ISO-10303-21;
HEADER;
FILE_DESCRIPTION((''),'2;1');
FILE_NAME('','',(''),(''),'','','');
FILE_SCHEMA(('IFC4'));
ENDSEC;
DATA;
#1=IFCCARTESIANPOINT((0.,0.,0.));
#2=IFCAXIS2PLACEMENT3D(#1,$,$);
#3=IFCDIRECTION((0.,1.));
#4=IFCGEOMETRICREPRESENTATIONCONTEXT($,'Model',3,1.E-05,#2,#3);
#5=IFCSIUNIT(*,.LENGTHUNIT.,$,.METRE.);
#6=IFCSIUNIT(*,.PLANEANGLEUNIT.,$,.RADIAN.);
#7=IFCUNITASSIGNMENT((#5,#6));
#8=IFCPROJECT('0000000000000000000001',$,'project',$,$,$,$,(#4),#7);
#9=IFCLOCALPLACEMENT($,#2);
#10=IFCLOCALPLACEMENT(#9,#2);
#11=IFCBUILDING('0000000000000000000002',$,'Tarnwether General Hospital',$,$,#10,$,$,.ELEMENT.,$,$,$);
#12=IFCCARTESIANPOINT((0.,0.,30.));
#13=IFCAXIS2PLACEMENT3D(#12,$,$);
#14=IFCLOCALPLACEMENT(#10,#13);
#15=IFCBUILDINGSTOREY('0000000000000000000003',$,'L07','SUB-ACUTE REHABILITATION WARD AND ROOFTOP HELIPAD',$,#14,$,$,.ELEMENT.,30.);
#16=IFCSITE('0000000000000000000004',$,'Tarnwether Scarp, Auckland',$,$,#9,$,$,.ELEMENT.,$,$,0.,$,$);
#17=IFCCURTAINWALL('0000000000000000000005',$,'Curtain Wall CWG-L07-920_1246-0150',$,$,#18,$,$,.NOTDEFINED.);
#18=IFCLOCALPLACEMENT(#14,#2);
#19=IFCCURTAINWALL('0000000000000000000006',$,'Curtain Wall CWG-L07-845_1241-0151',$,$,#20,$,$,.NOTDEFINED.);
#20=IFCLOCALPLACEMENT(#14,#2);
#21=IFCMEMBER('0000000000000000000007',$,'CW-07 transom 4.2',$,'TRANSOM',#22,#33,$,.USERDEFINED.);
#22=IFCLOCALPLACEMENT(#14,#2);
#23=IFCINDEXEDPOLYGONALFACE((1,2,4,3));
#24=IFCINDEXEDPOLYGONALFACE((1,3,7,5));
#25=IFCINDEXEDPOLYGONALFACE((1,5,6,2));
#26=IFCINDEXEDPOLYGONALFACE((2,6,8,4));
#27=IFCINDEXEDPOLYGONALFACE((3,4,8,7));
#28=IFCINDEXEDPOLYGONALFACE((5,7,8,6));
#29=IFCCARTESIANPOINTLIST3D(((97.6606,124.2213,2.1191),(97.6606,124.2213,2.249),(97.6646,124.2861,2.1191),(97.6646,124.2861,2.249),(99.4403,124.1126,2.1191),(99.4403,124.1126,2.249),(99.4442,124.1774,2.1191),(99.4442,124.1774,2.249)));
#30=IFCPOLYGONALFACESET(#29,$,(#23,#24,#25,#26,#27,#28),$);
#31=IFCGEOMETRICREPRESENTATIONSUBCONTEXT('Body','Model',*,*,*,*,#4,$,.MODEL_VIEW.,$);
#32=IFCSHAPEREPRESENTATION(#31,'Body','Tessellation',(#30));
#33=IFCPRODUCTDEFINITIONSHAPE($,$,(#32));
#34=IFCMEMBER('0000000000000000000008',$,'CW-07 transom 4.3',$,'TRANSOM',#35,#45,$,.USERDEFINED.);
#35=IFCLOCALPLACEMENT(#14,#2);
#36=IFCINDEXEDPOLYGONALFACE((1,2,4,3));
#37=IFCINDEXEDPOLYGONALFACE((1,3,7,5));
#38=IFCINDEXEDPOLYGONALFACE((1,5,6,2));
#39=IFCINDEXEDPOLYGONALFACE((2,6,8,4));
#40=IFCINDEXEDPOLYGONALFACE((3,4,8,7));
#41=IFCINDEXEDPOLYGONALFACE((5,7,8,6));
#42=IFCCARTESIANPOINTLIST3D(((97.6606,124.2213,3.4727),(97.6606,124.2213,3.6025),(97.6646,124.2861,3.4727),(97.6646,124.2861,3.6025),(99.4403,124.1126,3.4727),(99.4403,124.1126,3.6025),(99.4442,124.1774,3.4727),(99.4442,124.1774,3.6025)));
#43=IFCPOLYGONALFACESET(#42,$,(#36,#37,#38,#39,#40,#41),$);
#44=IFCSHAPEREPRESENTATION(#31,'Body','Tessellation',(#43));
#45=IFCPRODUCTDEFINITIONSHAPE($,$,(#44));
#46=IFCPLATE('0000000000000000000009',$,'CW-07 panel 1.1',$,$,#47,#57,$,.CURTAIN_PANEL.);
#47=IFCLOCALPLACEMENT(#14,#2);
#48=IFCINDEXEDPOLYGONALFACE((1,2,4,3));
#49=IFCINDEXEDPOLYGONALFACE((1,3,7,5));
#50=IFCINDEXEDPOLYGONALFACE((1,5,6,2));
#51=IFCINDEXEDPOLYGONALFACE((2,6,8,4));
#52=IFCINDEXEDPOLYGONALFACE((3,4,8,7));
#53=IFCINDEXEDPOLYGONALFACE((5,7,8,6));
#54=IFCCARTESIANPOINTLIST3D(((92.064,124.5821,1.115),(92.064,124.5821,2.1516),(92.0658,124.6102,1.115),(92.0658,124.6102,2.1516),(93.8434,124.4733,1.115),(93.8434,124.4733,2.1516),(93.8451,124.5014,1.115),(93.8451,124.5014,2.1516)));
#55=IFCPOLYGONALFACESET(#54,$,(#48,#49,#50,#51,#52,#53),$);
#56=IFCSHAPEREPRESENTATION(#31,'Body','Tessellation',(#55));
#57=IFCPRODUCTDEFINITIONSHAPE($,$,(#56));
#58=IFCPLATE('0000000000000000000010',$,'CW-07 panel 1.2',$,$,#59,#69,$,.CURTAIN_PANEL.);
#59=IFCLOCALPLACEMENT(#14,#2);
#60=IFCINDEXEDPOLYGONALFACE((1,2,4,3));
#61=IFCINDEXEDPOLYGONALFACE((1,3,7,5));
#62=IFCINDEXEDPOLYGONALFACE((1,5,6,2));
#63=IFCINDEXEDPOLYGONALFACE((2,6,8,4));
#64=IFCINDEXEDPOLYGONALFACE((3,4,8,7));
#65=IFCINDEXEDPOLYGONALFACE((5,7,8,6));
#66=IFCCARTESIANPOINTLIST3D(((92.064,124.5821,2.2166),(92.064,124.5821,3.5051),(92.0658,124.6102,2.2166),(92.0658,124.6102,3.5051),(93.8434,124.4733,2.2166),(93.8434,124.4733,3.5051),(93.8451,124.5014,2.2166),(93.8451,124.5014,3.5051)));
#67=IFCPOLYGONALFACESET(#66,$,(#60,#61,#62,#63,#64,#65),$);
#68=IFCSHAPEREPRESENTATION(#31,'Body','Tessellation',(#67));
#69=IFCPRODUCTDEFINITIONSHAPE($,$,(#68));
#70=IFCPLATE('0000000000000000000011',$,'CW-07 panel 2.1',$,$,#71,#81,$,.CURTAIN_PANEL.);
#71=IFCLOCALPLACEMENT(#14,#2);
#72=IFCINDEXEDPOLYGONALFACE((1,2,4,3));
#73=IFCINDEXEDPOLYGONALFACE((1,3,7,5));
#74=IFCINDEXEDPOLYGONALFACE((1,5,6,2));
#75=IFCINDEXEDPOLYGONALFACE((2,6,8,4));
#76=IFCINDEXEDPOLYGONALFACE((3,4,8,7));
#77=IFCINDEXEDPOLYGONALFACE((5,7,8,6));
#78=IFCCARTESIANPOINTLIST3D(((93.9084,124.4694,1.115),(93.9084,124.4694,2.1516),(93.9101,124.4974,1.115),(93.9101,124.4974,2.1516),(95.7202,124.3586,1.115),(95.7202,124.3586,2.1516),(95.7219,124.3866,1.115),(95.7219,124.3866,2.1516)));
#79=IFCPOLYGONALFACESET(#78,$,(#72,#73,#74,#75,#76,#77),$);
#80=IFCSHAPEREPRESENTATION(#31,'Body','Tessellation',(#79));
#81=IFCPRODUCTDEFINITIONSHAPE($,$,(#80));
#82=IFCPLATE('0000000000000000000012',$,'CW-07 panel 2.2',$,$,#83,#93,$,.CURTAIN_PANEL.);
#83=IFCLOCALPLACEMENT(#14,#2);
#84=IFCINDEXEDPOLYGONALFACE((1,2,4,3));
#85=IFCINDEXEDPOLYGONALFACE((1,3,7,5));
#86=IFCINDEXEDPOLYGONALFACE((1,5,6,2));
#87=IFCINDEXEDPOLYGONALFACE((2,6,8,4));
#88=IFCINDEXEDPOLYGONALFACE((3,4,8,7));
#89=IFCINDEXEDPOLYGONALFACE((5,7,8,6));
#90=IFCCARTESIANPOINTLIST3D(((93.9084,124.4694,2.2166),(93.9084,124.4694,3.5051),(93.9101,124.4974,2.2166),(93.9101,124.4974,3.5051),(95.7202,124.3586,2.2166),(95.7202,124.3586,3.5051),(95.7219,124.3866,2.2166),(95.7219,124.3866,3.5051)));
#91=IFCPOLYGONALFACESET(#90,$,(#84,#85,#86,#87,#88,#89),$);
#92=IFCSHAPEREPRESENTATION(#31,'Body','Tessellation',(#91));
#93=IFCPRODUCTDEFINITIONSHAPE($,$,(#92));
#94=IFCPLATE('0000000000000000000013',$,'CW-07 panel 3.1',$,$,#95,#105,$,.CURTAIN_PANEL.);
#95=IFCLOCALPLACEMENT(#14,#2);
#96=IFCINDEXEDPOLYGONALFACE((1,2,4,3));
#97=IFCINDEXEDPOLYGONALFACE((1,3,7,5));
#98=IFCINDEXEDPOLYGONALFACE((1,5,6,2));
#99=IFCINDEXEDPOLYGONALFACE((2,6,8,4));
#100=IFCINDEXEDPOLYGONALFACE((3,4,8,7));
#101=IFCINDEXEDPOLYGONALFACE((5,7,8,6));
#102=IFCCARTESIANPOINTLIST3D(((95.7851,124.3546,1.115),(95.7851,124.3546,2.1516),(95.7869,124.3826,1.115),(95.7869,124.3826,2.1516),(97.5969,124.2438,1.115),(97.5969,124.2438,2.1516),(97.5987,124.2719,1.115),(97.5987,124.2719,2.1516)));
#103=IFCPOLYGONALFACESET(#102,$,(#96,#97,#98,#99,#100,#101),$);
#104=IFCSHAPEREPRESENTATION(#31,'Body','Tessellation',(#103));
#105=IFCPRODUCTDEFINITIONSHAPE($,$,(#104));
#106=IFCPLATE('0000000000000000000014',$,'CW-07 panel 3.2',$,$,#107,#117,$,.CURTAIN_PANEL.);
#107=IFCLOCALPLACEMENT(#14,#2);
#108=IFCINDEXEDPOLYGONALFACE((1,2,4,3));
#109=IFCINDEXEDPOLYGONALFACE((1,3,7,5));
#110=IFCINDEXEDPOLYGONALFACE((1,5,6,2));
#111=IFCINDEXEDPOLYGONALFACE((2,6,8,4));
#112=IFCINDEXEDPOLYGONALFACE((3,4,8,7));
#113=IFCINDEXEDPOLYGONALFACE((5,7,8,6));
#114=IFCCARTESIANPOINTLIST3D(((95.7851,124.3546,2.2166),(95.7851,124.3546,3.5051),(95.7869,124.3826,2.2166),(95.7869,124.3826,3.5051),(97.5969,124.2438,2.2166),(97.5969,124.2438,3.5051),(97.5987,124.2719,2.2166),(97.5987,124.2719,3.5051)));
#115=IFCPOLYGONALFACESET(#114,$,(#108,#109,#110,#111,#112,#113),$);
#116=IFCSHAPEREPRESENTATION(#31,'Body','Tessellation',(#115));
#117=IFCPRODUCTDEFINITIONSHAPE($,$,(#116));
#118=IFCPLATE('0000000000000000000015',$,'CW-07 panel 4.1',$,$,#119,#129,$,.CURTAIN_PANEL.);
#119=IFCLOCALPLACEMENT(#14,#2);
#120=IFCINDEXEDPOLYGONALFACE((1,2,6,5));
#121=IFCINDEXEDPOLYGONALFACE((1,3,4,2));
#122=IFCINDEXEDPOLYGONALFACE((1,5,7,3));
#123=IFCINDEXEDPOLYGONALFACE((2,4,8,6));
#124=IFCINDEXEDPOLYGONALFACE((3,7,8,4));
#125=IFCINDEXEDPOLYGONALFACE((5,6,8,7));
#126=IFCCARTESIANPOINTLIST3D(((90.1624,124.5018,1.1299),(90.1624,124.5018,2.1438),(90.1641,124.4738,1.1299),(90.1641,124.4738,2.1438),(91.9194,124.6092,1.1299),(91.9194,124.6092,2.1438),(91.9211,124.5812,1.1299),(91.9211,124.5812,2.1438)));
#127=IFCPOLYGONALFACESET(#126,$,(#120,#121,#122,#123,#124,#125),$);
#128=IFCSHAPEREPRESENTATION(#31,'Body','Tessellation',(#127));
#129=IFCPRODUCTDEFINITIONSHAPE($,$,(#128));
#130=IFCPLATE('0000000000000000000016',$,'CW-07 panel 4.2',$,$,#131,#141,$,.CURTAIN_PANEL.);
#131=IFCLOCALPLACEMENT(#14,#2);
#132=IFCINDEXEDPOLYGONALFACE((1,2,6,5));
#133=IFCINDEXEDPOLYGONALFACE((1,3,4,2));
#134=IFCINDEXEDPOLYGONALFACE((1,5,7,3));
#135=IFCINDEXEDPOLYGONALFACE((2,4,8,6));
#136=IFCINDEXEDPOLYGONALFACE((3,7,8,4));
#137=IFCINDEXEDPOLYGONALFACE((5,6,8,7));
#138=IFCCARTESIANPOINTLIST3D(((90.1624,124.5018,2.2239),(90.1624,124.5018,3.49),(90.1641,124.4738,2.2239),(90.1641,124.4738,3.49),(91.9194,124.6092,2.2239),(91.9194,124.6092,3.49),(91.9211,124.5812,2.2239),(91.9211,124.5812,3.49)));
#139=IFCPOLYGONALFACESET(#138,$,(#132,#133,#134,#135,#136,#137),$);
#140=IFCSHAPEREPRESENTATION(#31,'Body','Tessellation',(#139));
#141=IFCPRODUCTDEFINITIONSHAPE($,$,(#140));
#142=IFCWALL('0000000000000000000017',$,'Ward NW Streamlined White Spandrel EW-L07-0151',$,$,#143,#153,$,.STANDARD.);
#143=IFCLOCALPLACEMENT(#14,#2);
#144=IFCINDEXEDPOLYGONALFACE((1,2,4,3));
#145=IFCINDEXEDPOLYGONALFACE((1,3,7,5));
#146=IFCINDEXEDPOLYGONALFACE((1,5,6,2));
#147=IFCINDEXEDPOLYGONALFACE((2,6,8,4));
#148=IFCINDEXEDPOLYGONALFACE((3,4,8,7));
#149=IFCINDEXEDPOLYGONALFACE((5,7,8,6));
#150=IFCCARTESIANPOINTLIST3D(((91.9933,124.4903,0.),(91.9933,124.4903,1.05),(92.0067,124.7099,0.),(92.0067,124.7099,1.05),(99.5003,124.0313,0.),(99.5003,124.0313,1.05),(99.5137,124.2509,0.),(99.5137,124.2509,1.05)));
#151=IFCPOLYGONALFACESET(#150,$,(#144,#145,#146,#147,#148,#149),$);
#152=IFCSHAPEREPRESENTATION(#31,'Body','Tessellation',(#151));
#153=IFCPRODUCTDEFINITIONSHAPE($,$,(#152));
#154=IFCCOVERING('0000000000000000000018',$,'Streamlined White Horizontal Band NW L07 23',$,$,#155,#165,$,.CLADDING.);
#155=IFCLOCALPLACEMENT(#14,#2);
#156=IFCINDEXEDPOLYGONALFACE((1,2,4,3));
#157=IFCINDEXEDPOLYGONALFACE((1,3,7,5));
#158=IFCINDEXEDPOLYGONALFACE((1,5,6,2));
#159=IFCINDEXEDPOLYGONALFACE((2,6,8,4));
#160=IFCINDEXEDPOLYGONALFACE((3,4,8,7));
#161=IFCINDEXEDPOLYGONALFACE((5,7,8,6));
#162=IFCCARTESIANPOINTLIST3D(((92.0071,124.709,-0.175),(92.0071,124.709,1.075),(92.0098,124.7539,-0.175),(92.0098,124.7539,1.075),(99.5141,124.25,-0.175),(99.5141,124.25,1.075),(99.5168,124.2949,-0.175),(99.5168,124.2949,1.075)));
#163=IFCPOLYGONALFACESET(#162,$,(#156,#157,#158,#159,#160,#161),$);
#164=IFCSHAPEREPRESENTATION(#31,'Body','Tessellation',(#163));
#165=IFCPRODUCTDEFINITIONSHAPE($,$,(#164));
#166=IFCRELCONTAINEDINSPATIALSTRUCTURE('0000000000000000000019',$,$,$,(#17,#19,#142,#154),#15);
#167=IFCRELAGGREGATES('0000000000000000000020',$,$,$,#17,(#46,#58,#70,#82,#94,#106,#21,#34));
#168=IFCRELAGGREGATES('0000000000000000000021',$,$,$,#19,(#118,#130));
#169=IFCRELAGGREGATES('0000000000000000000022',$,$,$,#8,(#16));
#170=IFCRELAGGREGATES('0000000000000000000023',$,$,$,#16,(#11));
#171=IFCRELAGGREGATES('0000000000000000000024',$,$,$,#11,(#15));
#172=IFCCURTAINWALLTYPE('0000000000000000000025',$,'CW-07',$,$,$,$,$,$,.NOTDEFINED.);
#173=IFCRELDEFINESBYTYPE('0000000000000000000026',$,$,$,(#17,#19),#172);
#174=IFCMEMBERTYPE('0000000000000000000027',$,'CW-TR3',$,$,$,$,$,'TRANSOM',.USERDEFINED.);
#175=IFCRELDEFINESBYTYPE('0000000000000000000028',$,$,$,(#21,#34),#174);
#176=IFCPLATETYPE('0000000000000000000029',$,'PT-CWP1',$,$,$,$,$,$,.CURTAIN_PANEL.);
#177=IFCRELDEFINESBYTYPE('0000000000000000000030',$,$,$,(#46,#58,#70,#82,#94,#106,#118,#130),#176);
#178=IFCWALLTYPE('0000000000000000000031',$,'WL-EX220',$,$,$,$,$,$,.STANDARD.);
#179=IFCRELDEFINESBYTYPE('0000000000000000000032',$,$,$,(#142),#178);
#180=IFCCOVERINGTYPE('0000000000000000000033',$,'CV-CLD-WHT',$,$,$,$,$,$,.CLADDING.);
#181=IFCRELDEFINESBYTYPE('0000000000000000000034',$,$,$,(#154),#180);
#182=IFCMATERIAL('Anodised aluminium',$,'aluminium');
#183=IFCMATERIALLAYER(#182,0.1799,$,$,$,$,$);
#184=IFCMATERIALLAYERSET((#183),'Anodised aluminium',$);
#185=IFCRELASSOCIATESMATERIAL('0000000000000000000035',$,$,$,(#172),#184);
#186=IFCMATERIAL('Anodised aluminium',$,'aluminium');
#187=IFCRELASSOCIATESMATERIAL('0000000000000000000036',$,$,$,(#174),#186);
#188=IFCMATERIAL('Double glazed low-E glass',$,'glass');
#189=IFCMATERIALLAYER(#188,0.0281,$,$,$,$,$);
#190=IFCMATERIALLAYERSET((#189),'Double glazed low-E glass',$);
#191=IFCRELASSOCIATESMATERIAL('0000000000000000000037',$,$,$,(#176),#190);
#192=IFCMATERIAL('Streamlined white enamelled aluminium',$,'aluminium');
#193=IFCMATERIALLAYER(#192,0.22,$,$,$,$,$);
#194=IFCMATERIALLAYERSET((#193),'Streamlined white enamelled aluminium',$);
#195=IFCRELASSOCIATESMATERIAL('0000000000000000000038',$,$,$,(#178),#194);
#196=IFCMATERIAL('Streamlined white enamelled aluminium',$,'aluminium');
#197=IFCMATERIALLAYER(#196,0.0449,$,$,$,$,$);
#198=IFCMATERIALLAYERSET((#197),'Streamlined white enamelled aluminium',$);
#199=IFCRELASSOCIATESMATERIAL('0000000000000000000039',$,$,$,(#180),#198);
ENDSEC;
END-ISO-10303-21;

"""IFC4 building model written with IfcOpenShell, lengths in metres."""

from ifc_helpers import new_model, si_unit, direction, frame, frame_2d, origin, origin_2d, place, context, subcontext, project, spatial, rectangle, extrude, material, layer, layer_set, material_profile, profile_set, type_object, element, aggregate, save


model = new_model("IFC4")

# Units and contexts
model_context = context("Model", 3, precision=1e-05, world=origin(), true_north=direction((0.0, 1.0)))
body_context = subcontext(model_context, "Body", "Model", "MODEL_VIEW")
ifc_project = project(units=[si_unit("LENGTHUNIT", "METRE"), si_unit("PLANEANGLEUNIT", "RADIAN")], contexts=[model_context])

# Site, building, storey
site_placement = place(None, origin())
site = spatial("IfcSite", under=ifc_project, at=site_placement, Name="Tarnwether Scarp, Auckland", CompositionType="ELEMENT", RefElevation=0.0)
building_placement = place(site_placement, origin())
building = spatial("IfcBuilding", under=site, at=building_placement, Name="Tarnwether General Hospital", CompositionType="ELEMENT")
storey_placement = place(building_placement, frame((0.0, 0.0, 30.0)))
storey = spatial("IfcBuildingStorey", under=building, at=storey_placement, Name="L07", Description="SUB-ACUTE REHABILITATION WARD AND ROOFTOP HELIPAD", CompositionType="ELEMENT", Elevation=30.0)

# Curtain wall
ifc_material_1 = material(Name="Anodised aluminium", Category="aluminium")
ifc_layer_1 = layer(ifc_material_1, 0.1799)
ifc_layer_set_1 = layer_set([ifc_layer_1], Name="Anodised aluminium")
curtain_wall_type = type_object("IfcCurtainWallType", Name="CW-07", PredefinedType="NOTDEFINED", material=ifc_layer_set_1)
curtain_wall_1_placement = place(storey_placement, origin())
curtain_wall_1 = element("IfcCurtainWall", 1, at=curtain_wall_1_placement, inside=storey, type_object=curtain_wall_type, Name="Curtain Wall CWG-L07-920_1246-0150", PredefinedType="NOTDEFINED")

# Curtain wall
curtain_wall_2_placement = place(storey_placement, origin())
curtain_wall_2 = element("IfcCurtainWall", 2, at=curtain_wall_2_placement, inside=storey, type_object=curtain_wall_type, Name="Curtain Wall CWG-L07-845_1241-0151", PredefinedType="NOTDEFINED")

# Members
ifc_material_2 = material(Name="Anodised aluminium", Category="aluminium")
ifc_material_profile_1 = material_profile(ifc_material_2, rectangle(XDim=0.0649, YDim=0.1299, at=origin_2d()), Name="ALU-TRN-65x130")
ifc_profile_set_1 = profile_set([ifc_material_profile_1], Name="Anodised aluminium")
member_type_1 = type_object("IfcMemberType", Name="CW-TR3", ElementType="TRANSOM", PredefinedType="USERDEFINED", material=ifc_profile_set_1)
member_1_placement = place(storey_placement, frame((97.6626, 124.2537, 2.1841), z_axis=(0.998142, -0.060937, 0.0), x_axis=(0.060937, 0.998142, 0.0)))
member_1 = element("IfcMember", 3, at=member_1_placement, type_object=member_type_1, Name="CW-07 transom 4.2", ObjectType="TRANSOM", PredefinedType="USERDEFINED", context=body_context, shape_type="SweptSolid", body=[
    extrude(rectangle(XDim=0.0649, YDim=0.1299, at=origin_2d()), origin(), (0.0, 0.0, 1.0), 1.783),
])
member_2_placement = place(storey_placement, frame((97.6626, 124.2537, 3.5376), z_axis=(0.998142, -0.060937, 0.0), x_axis=(0.060937, 0.998142, 0.0)))
member_2 = element("IfcMember", 4, at=member_2_placement, type_object=member_type_1, Name="CW-07 transom 4.3", ObjectType="TRANSOM", PredefinedType="USERDEFINED", context=body_context, shape_type="SweptSolid", body=[
    extrude(rectangle(XDim=0.0649, YDim=0.1299, at=origin_2d()), origin(), (0.0, 0.0, 1.0), 1.783),
])

# Plates
ifc_material_3 = material(Name="Double glazed low-E glass", Category="glass")
ifc_layer_2 = layer(ifc_material_3, 0.0281)
ifc_layer_set_2 = layer_set([ifc_layer_2], Name="Double glazed low-E glass")
plate_type = type_object("IfcPlateType", Name="PT-CWP1", PredefinedType="CURTAIN_PANEL", material=ifc_layer_set_2)
plate_1_placement = place(storey_placement, frame((92.9546, 124.5417, 1.115), z_axis=(0.0, 0.0, 1.0), x_axis=(0.998136, -0.061029, 0.0)))
plate_1 = element("IfcPlate", 5, at=plate_1_placement, type_object=plate_type, Name="CW-07 panel 1.1", PredefinedType="CURTAIN_PANEL", context=body_context, shape_type="SweptSolid", body=[
    extrude(rectangle(XDim=1.7827, YDim=0.0281, at=origin_2d()), origin(), (0.0, 0.0, 1.0), 1.0366),
])
plate_2_placement = place(storey_placement, frame((92.9546, 124.5417, 2.2166), z_axis=(0.0, 0.0, 1.0), x_axis=(0.998136, -0.061029, 0.0)))
plate_2 = element("IfcPlate", 6, at=plate_2_placement, type_object=plate_type, Name="CW-07 panel 1.2", PredefinedType="CURTAIN_PANEL", context=body_context, shape_type="SweptSolid", body=[
    extrude(rectangle(XDim=1.7827, YDim=0.0281, at=origin_2d()), origin(), (0.0, 0.0, 1.0), 1.2886),
])
plate_3_placement = place(storey_placement, frame((94.8152, 124.428, 1.115), z_axis=(0.0, 0.0, 1.0), x_axis=(0.998136, -0.061029, 0.0)))
plate_3 = element("IfcPlate", 7, at=plate_3_placement, type_object=plate_type, Name="CW-07 panel 2.1", PredefinedType="CURTAIN_PANEL", context=body_context, shape_type="SweptSolid", body=[
    extrude(rectangle(XDim=1.8152, YDim=0.0281, at=origin_2d()), origin(), (0.0, 0.0, 1.0), 1.0366),
])
plate_4_placement = place(storey_placement, frame((94.8152, 124.428, 2.2166), z_axis=(0.0, 0.0, 1.0), x_axis=(0.998136, -0.061029, 0.0)))
plate_4 = element("IfcPlate", 8, at=plate_4_placement, type_object=plate_type, Name="CW-07 panel 2.2", PredefinedType="CURTAIN_PANEL", context=body_context, shape_type="SweptSolid", body=[
    extrude(rectangle(XDim=1.8152, YDim=0.0281, at=origin_2d()), origin(), (0.0, 0.0, 1.0), 1.2886),
])
plate_5_placement = place(storey_placement, frame((96.6919, 124.3132, 1.115), z_axis=(0.0, 0.0, 1.0), x_axis=(0.998136, -0.061029, 0.0)))
plate_5 = element("IfcPlate", 9, at=plate_5_placement, type_object=plate_type, Name="CW-07 panel 3.1", PredefinedType="CURTAIN_PANEL", context=body_context, shape_type="SweptSolid", body=[
    extrude(rectangle(XDim=1.8152, YDim=0.0281, at=origin_2d()), origin(), (0.0, 0.0, 1.0), 1.0366),
])
plate_6_placement = place(storey_placement, frame((96.6919, 124.3132, 2.2166), z_axis=(0.0, 0.0, 1.0), x_axis=(0.998136, -0.061029, 0.0)))
plate_6 = element("IfcPlate", 10, at=plate_6_placement, type_object=plate_type, Name="CW-07 panel 3.2", PredefinedType="CURTAIN_PANEL", context=body_context, shape_type="SweptSolid", body=[
    extrude(rectangle(XDim=1.8152, YDim=0.0281, at=origin_2d()), origin(), (0.0, 0.0, 1.0), 1.2886),
])
aggregate(curtain_wall_1, [plate_1, plate_2, plate_3, plate_4, plate_5, plate_6, member_1, member_2])
plate_7_placement = place(storey_placement, frame((91.0417, 124.5415, 1.1299), z_axis=(0.0, 0.0, 1.0), x_axis=(0.998136, 0.061029, 0.0)))
plate_7 = element("IfcPlate", 11, at=plate_7_placement, type_object=plate_type, Name="CW-07 panel 4.1", PredefinedType="CURTAIN_PANEL", context=body_context, shape_type="SweptSolid", body=[
    extrude(rectangle(XDim=1.7603, YDim=0.0281, at=origin_2d()), origin(), (0.0, 0.0, 1.0), 1.0139),
])
plate_8_placement = place(storey_placement, frame((91.0417, 124.5415, 2.2239), z_axis=(0.0, 0.0, 1.0), x_axis=(0.998136, 0.061029, 0.0)))
plate_8 = element("IfcPlate", 12, at=plate_8_placement, type_object=plate_type, Name="CW-07 panel 4.2", PredefinedType="CURTAIN_PANEL", context=body_context, shape_type="SweptSolid", body=[
    extrude(rectangle(XDim=1.7603, YDim=0.0281, at=origin_2d()), origin(), (0.0, 0.0, 1.0), 1.2661),
])
aggregate(curtain_wall_2, [plate_7, plate_8])

# Wall
ifc_material_4 = material(Name="Streamlined white enamelled aluminium", Category="aluminium")
ifc_layer_3 = layer(ifc_material_4, 0.22)
ifc_layer_set_3 = layer_set([ifc_layer_3], Name="Streamlined white enamelled aluminium")
wall_type = type_object("IfcWallType", Name="WL-EX220", PredefinedType="STANDARD", material=ifc_layer_set_3)
wall_placement = place(storey_placement, frame((92.0, 124.6001, 0.0), z_axis=(0.0, 0.0, 1.0), x_axis=(0.998136, -0.061026, 0.0)))
element("IfcWall", 13, at=wall_placement, inside=storey, type_object=wall_type, Name="Ward NW Streamlined White Spandrel EW-L07-0151", PredefinedType="STANDARD", context=body_context, shape_type="SweptSolid", body=[
    extrude(rectangle(XDim=7.521, YDim=0.22, at=frame_2d((3.7605, 0.0))), origin(), (0.0, 0.0, 1.0), 1.05),
])

# Covering
ifc_material_5 = material(Name="Streamlined white enamelled aluminium", Category="aluminium")
ifc_layer_4 = layer(ifc_material_5, 0.0449)
ifc_layer_set_4 = layer_set([ifc_layer_4], Name="Streamlined white enamelled aluminium")
covering_type = type_object("IfcCoveringType", Name="CV-CLD-WHT", PredefinedType="CLADDING", material=ifc_layer_set_4)
covering_placement = place(storey_placement, frame((95.762, 124.502, -0.175), z_axis=(0.0, 0.0, 1.0), x_axis=(0.998136, -0.061031, 0.0)))
element("IfcCovering", 14, at=covering_placement, inside=storey, type_object=covering_type, Name="Streamlined White Horizontal Band NW L07 23", PredefinedType="CLADDING", context=body_context, shape_type="SweptSolid", body=[
    extrude(rectangle(XDim=7.521, YDim=0.0449, at=origin_2d()), origin(), (0.0, 0.0, 1.0), 1.25),
])

save(model, "model.ifc")
